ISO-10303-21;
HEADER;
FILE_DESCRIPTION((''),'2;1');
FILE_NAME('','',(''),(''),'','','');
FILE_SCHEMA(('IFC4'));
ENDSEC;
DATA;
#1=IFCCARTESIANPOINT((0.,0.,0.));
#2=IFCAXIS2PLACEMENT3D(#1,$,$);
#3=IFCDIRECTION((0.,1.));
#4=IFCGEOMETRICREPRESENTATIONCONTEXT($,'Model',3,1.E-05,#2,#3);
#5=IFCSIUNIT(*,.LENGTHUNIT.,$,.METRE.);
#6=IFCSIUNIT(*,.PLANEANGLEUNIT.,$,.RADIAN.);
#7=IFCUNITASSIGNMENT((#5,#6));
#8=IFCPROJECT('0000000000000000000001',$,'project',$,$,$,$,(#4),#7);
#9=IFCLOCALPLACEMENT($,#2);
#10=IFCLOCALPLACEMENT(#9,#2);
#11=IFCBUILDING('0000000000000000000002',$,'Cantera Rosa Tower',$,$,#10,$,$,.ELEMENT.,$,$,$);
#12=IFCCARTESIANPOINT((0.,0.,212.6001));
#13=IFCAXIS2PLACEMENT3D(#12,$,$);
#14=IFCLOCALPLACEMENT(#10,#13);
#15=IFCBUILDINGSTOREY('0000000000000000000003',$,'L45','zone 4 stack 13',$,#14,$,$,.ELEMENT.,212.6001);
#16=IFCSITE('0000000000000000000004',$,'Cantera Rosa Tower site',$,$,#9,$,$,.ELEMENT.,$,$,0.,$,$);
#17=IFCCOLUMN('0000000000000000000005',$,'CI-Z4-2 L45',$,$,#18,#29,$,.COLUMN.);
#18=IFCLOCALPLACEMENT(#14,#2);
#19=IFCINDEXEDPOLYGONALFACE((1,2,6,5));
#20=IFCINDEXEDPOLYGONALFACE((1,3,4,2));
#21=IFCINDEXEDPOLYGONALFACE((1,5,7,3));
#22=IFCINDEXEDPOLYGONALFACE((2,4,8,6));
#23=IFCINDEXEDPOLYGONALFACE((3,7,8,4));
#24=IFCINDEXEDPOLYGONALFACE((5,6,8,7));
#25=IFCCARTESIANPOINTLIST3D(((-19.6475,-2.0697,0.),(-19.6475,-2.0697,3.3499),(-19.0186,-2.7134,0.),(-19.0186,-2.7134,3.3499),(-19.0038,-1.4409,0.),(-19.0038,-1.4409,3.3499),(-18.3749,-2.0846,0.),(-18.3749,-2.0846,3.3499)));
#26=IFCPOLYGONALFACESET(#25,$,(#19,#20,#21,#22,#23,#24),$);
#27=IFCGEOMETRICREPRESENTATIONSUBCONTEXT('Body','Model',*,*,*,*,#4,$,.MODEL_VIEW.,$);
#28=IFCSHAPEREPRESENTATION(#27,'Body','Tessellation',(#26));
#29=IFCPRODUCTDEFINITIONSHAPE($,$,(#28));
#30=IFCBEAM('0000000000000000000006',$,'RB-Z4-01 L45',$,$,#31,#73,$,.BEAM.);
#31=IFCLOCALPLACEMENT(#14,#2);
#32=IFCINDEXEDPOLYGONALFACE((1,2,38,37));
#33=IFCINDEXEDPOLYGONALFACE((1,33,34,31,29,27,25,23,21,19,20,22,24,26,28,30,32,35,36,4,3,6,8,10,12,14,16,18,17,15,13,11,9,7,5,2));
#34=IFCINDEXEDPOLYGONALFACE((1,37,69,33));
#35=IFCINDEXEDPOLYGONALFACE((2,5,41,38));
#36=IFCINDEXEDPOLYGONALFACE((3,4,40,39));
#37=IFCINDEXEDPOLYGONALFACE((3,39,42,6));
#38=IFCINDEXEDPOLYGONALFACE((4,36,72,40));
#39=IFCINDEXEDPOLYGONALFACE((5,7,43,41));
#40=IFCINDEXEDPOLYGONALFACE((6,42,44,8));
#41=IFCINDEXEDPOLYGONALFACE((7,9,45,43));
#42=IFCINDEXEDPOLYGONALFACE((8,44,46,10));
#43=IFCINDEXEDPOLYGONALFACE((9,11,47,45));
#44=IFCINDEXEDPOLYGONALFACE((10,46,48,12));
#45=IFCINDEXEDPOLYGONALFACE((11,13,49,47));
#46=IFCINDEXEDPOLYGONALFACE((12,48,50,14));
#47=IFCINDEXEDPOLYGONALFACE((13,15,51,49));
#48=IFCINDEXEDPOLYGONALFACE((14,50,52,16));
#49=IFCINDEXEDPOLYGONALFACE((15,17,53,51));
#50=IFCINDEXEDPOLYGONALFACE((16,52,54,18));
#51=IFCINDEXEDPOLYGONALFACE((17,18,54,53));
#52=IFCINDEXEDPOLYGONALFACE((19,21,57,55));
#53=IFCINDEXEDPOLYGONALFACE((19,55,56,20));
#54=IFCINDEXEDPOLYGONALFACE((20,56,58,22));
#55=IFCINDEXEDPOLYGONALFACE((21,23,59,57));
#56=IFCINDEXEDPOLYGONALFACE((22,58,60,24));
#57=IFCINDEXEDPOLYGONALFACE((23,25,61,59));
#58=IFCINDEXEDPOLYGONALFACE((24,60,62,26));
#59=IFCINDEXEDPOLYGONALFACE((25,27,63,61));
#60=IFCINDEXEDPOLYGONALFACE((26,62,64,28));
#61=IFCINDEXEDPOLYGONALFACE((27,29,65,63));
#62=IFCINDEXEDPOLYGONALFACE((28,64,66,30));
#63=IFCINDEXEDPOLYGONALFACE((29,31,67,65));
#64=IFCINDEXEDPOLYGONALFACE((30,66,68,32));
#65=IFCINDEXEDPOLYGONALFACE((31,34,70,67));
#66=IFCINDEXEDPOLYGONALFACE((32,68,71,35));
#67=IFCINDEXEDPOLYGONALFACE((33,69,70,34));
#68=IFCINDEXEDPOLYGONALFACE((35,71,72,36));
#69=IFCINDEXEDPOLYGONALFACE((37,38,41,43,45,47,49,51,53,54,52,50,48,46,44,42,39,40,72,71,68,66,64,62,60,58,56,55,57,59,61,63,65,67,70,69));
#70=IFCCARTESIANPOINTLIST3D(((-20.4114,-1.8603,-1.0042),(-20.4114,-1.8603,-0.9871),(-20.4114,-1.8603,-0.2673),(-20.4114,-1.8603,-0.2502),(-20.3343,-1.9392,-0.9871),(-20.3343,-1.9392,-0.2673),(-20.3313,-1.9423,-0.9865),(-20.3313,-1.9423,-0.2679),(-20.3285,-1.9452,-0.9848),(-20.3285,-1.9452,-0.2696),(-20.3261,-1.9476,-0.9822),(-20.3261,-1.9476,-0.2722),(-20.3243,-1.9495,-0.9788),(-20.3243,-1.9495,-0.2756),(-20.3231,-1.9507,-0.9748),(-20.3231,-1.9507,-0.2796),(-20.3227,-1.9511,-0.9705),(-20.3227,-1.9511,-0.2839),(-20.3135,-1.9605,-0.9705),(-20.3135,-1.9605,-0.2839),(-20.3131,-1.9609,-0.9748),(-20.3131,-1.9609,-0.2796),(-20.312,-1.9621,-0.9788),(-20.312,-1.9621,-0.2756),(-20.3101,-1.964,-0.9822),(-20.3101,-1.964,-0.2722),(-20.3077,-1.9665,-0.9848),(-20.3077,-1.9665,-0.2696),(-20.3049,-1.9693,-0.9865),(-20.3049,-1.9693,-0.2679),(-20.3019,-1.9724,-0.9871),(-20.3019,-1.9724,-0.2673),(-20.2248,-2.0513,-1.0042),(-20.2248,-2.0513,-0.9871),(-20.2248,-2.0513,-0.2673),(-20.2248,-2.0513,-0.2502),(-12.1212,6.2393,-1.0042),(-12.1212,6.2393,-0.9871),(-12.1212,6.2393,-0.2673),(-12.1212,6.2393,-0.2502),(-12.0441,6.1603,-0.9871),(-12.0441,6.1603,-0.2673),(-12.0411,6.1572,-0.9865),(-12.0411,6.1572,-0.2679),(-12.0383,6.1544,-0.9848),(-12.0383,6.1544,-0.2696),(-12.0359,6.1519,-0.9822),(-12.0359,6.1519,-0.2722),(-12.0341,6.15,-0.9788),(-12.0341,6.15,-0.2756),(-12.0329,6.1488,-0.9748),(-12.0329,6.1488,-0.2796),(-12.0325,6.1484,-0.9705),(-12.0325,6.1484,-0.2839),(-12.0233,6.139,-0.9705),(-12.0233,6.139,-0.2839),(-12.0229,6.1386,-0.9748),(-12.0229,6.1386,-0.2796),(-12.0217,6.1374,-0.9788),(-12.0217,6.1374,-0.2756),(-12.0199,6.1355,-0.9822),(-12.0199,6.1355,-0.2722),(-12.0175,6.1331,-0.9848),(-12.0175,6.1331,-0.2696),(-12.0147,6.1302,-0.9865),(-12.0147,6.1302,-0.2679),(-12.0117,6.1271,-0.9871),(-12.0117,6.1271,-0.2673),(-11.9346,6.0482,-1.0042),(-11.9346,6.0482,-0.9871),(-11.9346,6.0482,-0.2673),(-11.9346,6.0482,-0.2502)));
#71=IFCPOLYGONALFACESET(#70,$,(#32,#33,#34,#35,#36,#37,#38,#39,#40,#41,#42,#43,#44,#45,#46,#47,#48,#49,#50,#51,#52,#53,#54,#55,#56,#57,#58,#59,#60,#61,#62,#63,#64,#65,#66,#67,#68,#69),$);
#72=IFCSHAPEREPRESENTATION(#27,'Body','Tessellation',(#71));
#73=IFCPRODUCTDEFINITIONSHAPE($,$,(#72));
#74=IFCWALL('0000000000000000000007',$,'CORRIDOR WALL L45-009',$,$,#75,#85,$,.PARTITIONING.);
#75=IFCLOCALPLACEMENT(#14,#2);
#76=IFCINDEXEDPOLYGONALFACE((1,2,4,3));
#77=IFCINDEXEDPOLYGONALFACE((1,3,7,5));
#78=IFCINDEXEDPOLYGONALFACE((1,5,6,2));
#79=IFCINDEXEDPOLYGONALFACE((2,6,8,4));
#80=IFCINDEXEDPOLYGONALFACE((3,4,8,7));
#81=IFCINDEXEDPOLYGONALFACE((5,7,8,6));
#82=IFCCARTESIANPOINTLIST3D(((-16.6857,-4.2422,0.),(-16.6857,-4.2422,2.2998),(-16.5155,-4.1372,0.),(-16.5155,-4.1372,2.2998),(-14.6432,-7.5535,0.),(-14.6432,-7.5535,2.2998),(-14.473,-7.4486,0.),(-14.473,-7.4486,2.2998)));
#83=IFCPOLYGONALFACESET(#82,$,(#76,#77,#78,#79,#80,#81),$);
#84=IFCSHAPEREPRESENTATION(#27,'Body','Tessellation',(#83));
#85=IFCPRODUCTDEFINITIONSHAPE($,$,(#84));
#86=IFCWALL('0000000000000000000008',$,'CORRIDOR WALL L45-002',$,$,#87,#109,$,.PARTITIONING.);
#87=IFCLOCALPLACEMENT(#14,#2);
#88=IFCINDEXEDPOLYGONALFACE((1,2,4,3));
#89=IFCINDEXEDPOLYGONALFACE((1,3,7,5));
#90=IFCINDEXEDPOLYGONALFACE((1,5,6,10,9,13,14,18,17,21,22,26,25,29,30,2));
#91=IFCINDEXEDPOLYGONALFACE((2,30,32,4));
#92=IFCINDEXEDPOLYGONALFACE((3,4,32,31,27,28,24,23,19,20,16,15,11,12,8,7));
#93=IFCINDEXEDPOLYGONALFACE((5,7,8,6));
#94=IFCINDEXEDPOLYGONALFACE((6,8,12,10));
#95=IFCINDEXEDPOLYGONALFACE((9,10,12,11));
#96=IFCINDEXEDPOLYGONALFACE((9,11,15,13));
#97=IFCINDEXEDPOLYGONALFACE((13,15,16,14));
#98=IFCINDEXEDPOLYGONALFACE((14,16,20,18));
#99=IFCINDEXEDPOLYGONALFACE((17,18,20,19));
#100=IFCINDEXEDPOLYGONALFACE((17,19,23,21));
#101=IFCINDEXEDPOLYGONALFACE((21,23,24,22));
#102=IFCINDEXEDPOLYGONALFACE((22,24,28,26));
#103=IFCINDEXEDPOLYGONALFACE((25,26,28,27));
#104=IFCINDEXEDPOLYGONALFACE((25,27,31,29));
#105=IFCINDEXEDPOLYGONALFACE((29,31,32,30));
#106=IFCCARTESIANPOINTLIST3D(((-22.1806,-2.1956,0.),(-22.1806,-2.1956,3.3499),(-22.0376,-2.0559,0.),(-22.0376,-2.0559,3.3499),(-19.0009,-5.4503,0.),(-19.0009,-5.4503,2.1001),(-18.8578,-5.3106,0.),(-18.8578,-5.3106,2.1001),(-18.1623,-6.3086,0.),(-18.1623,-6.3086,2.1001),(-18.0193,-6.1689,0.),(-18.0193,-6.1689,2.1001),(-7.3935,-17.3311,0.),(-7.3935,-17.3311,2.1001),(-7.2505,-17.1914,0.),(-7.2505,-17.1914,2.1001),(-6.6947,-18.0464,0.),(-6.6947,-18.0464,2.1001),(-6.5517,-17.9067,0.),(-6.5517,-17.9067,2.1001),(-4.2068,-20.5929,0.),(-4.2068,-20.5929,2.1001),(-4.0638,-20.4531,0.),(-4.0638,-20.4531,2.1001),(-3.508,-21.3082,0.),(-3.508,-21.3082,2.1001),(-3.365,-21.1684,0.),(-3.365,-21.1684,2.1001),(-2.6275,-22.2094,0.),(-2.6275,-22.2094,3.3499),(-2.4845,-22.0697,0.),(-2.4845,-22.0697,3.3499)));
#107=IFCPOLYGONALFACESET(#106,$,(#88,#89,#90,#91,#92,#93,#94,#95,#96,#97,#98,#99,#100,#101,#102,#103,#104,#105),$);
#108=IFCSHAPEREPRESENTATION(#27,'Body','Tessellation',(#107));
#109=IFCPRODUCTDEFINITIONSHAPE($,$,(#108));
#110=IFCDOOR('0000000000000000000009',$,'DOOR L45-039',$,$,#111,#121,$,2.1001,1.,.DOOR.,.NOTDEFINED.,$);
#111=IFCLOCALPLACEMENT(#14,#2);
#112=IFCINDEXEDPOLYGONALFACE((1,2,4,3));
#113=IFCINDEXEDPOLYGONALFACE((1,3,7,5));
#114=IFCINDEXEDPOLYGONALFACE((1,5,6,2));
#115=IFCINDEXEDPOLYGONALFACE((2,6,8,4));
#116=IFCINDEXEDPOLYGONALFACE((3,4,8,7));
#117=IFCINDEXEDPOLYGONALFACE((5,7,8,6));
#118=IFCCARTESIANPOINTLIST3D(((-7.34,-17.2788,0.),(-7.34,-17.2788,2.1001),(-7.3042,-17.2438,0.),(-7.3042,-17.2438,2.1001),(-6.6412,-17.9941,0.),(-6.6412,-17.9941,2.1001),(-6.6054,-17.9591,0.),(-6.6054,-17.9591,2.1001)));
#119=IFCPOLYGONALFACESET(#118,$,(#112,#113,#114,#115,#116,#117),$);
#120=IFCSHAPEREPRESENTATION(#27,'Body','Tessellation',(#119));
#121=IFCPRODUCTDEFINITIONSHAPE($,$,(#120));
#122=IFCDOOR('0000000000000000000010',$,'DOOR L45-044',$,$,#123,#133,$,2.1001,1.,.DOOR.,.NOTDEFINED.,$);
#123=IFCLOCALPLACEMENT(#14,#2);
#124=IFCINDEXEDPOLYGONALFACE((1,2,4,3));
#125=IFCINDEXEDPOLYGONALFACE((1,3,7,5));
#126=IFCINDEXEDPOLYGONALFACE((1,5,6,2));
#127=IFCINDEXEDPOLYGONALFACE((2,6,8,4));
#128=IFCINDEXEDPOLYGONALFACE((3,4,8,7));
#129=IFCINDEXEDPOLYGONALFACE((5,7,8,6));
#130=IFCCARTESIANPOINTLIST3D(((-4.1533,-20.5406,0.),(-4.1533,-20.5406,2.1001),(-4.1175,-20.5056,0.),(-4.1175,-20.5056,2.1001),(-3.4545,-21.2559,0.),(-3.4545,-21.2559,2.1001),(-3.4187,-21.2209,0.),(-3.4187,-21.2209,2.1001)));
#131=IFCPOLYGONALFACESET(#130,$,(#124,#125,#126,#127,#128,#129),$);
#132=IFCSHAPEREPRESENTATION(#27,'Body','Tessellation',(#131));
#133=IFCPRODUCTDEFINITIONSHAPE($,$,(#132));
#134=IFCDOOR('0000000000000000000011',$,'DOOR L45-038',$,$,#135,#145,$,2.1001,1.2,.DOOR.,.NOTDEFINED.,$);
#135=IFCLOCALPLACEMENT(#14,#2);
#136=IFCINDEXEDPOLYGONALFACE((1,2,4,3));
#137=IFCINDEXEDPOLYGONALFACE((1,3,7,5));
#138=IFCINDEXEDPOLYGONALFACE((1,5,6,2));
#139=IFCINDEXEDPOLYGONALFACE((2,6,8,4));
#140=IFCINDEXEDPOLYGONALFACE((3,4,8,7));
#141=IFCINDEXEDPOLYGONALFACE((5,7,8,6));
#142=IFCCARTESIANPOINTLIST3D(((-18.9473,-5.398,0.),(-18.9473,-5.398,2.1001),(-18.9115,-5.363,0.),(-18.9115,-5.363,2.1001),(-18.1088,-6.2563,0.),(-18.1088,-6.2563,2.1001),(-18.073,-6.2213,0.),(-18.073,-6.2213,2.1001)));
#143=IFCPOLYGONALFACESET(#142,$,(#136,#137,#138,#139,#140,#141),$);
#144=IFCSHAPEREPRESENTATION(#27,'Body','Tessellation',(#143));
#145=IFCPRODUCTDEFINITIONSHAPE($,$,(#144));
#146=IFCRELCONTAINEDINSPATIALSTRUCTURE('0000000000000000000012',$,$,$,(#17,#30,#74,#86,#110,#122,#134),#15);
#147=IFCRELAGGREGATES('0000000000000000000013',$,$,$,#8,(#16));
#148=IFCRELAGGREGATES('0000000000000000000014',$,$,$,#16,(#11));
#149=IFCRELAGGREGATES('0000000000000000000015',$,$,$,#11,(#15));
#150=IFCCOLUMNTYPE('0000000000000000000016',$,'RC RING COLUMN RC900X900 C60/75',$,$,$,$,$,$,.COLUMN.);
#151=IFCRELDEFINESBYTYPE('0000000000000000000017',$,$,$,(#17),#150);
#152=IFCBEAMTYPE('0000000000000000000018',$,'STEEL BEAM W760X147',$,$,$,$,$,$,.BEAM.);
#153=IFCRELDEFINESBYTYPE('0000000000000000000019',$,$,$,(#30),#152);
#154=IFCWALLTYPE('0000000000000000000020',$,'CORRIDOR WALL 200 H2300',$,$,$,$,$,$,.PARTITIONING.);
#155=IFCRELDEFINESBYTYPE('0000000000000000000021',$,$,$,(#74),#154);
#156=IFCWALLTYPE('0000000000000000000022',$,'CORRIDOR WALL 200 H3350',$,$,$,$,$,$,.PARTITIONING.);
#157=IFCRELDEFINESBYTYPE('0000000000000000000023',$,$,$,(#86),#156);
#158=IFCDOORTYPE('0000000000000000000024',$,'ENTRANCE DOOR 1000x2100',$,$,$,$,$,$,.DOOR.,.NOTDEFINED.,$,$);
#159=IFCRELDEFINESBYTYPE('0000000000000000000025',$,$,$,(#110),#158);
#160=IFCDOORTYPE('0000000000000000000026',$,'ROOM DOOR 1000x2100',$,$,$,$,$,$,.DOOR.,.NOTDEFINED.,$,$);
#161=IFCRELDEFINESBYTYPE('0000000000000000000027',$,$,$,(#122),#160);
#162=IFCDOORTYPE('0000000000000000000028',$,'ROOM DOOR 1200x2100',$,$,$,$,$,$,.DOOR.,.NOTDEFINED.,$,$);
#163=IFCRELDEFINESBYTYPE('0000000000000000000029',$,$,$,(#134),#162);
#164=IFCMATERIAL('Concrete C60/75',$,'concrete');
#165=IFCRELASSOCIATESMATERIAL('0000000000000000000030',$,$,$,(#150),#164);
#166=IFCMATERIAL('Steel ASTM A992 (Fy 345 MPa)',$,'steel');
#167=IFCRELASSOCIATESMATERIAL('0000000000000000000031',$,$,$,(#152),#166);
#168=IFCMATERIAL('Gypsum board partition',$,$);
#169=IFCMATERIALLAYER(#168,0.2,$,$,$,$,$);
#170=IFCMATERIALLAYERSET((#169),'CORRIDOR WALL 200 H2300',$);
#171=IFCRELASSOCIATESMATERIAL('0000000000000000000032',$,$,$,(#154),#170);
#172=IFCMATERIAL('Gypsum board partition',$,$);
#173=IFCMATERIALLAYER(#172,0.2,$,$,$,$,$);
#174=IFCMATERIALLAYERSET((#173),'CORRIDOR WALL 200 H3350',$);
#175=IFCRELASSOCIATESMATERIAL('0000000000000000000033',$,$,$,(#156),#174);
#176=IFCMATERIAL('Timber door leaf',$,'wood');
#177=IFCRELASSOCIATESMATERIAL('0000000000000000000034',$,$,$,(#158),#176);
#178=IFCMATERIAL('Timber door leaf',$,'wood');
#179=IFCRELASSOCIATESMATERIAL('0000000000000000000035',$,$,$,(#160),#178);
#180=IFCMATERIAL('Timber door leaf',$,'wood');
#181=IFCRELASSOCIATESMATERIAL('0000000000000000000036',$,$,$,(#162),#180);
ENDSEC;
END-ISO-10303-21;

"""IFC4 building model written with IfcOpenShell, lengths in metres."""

from ifc_helpers import new_model, si_unit, direction, frame, frame_2d, origin, origin_2d, place, context, subcontext, project, spatial, rectangle, i_section, extrude, material, layer, layer_set, material_profile, profile_set, type_object, element, fill, save


model = new_model("IFC4")

# Units and contexts
model_context = context("Model", 3, precision=1e-05, world=origin(), true_north=direction((0.0, 1.0)))
body_context = subcontext(model_context, "Body", "Model", "MODEL_VIEW")
ifc_project = project(units=[si_unit("LENGTHUNIT", "METRE"), si_unit("PLANEANGLEUNIT", "RADIAN")], contexts=[model_context])

# Site, building, storey
site_placement = place(None, origin())
site = spatial("IfcSite", under=ifc_project, at=site_placement, Name="Cantera Rosa Tower site", CompositionType="ELEMENT", RefElevation=0.0)
building_placement = place(site_placement, origin())
building = spatial("IfcBuilding", under=site, at=building_placement, Name="Cantera Rosa Tower", CompositionType="ELEMENT")
storey_placement = place(building_placement, frame((0.0, 0.0, 212.6001)))
storey = spatial("IfcBuildingStorey", under=building, at=storey_placement, Name="L45", Description="zone 4 stack 13", CompositionType="ELEMENT", Elevation=212.6001)

# Column
ifc_material_1 = material(Name="Concrete C60/75", Category="concrete")
ifc_material_profile_1 = material_profile(ifc_material_1, rectangle(XDim=0.8999, YDim=0.8999, at=origin_2d()), Name="RC RING COLUMN RC900X900 C60/75")
ifc_profile_set_1 = profile_set([ifc_material_profile_1], Name="Concrete C60/75")
column_type = type_object("IfcColumnType", Name="RC RING COLUMN RC900X900 C60/75", PredefinedType="COLUMN", material=ifc_profile_set_1)
column_placement = place(storey_placement, frame((-19.0112, -2.0771, 0.0), z_axis=(0.0, 0.0, 1.0), x_axis=(0.715286, 0.698832, 0.0)))
element("IfcColumn", 1, at=column_placement, inside=storey, type_object=column_type, Name="CI-Z4-2 L45", PredefinedType="COLUMN", context=body_context, shape_type="SweptSolid", body=[
    extrude(rectangle(XDim=0.8999, YDim=0.8999, at=origin_2d()), origin(), (0.0, 0.0, 1.0), 3.3499),
])

# Beam
ifc_material_2 = material(Name="Steel ASTM A992 (Fy 345 MPa)", Category="steel")
ifc_material_profile_2 = material_profile(ifc_material_2, i_section(OverallWidth=0.2671, OverallDepth=0.7539, WebThickness=0.0132, FlangeThickness=0.0171, FilletRadius=0.0166, at=origin_2d()), Name="W760X147")
ifc_profile_set_2 = profile_set([ifc_material_profile_2], Name="Steel ASTM A992 (Fy 345 MPa)")
beam_type = type_object("IfcBeamType", Name="STEEL BEAM W760X147", PredefinedType="BEAM", material=ifc_profile_set_2)
beam_placement = place(storey_placement, frame((-20.3181, -1.9558, -0.6272), z_axis=(0.715285, 0.698833, 0.0), x_axis=(-0.698833, 0.715285, 0.0)))
element("IfcBeam", 2, at=beam_placement, inside=storey, type_object=beam_type, Name="RB-Z4-01 L45", PredefinedType="BEAM", context=body_context, shape_type="SweptSolid", body=[
    extrude(i_section(OverallWidth=0.2671, OverallDepth=0.7539, WebThickness=0.0132, FlangeThickness=0.0171, FilletRadius=0.0166, at=origin_2d()), origin(), (0.0, 0.0, 1.0), 11.5901),
])

# Wall
ifc_material_3 = material(Name="Gypsum board partition")
ifc_layer_1 = layer(ifc_material_3, 0.2)
ifc_layer_set_1 = layer_set([ifc_layer_1], Name="CORRIDOR WALL 200 H2300")
wall_type_1 = type_object("IfcWallType", Name="CORRIDOR WALL 200 H2300", PredefinedType="PARTITIONING", material=ifc_layer_set_1)
wall_1_placement = place(storey_placement, frame((-16.6006, -4.1897, 0.0), z_axis=(0.0, 0.0, 1.0), x_axis=(0.524986, -0.851111, 0.0)))
element("IfcWall", 3, at=wall_1_placement, inside=storey, type_object=wall_type_1, Name="CORRIDOR WALL L45-009", PredefinedType="PARTITIONING", context=body_context, shape_type="SweptSolid", body=[
    extrude(rectangle(XDim=3.8906, YDim=0.2, at=frame_2d((1.9453, 0.0))), origin(), (0.0, 0.0, 1.0), 2.2998),
])

# Wall, openings, doors
ifc_material_4 = material(Name="Gypsum board partition")
ifc_layer_2 = layer(ifc_material_4, 0.2)
ifc_layer_set_2 = layer_set([ifc_layer_2], Name="CORRIDOR WALL 200 H3350")
wall_type_2 = type_object("IfcWallType", Name="CORRIDOR WALL 200 H3350", PredefinedType="PARTITIONING", material=ifc_layer_set_2)
wall_2_placement = place(storey_placement, frame((-22.1091, -2.1257, 0.0), z_axis=(0.0, 0.0, 1.0), x_axis=(0.698826, -0.715291, 0.0)))
wall_2 = element("IfcWall", 4, at=wall_2_placement, inside=storey, type_object=wall_type_2, Name="CORRIDOR WALL L45-002", PredefinedType="PARTITIONING", context=body_context, shape_type="SweptSolid", body=[
    extrude(rectangle(XDim=27.98, YDim=0.2, at=frame_2d((13.99, 0.0))), origin(), (0.0, 0.0, 1.0), 3.3499),
])
opening_1_placement = place(wall_2_placement, frame((4.55, 0.0, 0.0)))
opening_1 = element("IfcOpeningElement", 5, at=opening_1_placement, cuts=wall_2, PredefinedType="OPENING", context=body_context, shape_type="SweptSolid", body=[
    extrude(rectangle(XDim=1.2, YDim=2.1001, at=frame_2d((0.6001, 1.05))), frame((0.0, 0.1099, 0.0), z_axis=(0.0, -1.0, 0.0), x_axis=(1.0, 0.0, 0.0)), (0.0, 0.0, 1.0), 0.22),
])
opening_2_placement = place(wall_2_placement, frame((21.1599, 0.0, 0.0)))
opening_2 = element("IfcOpeningElement", 6, at=opening_2_placement, cuts=wall_2, PredefinedType="OPENING", context=body_context, shape_type="SweptSolid", body=[
    extrude(rectangle(XDim=1.0, YDim=2.1001, at=frame_2d((0.5, 1.05))), frame((0.0, 0.1099, 0.0), z_axis=(0.0, -1.0, 0.0), x_axis=(1.0, 0.0, 0.0)), (0.0, 0.0, 1.0), 0.22),
])
opening_3_placement = place(wall_2_placement, frame((25.72, 0.0, 0.0)))
opening_3 = element("IfcOpeningElement", 7, at=opening_3_placement, cuts=wall_2, PredefinedType="OPENING", context=body_context, shape_type="SweptSolid", body=[
    extrude(rectangle(XDim=1.0, YDim=2.1001, at=frame_2d((0.5, 1.05))), frame((0.0, 0.1099, 0.0), z_axis=(0.0, -1.0, 0.0), x_axis=(1.0, 0.0, 0.0)), (0.0, 0.0, 1.0), 0.22),
])
ifc_material_5 = material(Name="Timber door leaf", Category="wood")
door_type_1 = type_object("IfcDoorType", Name="ENTRANCE DOOR 1000x2100", OperationType="NOTDEFINED", PredefinedType="DOOR", material=ifc_material_5)
door_1_placement = place(opening_2_placement, origin())
door_1 = element("IfcDoor", 8, at=door_1_placement, inside=storey, type_object=door_type_1, Name="DOOR L45-039", OperationType="NOTDEFINED", OverallHeight=2.1001, OverallWidth=1.0, PredefinedType="DOOR", context=body_context, shape_type="SweptSolid", body=[
    extrude(rectangle(XDim=1.0, YDim=2.1001, at=frame_2d((0.5, 1.05))), frame((0.0, 0.0249, 0.0), z_axis=(0.0, -1.0, 0.0), x_axis=(1.0, 0.0, 0.0)), (0.0, 0.0, 1.0), 0.05),
])
fill(opening_2, door_1)
ifc_material_6 = material(Name="Timber door leaf", Category="wood")
door_type_2 = type_object("IfcDoorType", Name="ROOM DOOR 1000x2100", OperationType="NOTDEFINED", PredefinedType="DOOR", material=ifc_material_6)
door_2_placement = place(opening_3_placement, origin())
door_2 = element("IfcDoor", 9, at=door_2_placement, inside=storey, type_object=door_type_2, Name="DOOR L45-044", OperationType="NOTDEFINED", OverallHeight=2.1001, OverallWidth=1.0, PredefinedType="DOOR", context=body_context, shape_type="SweptSolid", body=[
    extrude(rectangle(XDim=1.0, YDim=2.1001, at=frame_2d((0.5, 1.05))), frame((0.0, 0.0249, 0.0), z_axis=(0.0, -1.0, 0.0), x_axis=(1.0, 0.0, 0.0)), (0.0, 0.0, 1.0), 0.05),
])
fill(opening_3, door_2)
ifc_material_7 = material(Name="Timber door leaf", Category="wood")
door_type_3 = type_object("IfcDoorType", Name="ROOM DOOR 1200x2100", OperationType="NOTDEFINED", PredefinedType="DOOR", material=ifc_material_7)
door_3_placement = place(opening_1_placement, origin())
door_3 = element("IfcDoor", 10, at=door_3_placement, inside=storey, type_object=door_type_3, Name="DOOR L45-038", OperationType="NOTDEFINED", OverallHeight=2.1001, OverallWidth=1.2, PredefinedType="DOOR", context=body_context, shape_type="SweptSolid", body=[
    extrude(rectangle(XDim=1.2, YDim=2.1001, at=frame_2d((0.6001, 1.05))), frame((0.0, 0.0249, 0.0), z_axis=(0.0, -1.0, 0.0), x_axis=(1.0, 0.0, 0.0)), (0.0, 0.0, 1.0), 0.05),
])
fill(opening_1, door_3)

save(model, "model.ifc")
